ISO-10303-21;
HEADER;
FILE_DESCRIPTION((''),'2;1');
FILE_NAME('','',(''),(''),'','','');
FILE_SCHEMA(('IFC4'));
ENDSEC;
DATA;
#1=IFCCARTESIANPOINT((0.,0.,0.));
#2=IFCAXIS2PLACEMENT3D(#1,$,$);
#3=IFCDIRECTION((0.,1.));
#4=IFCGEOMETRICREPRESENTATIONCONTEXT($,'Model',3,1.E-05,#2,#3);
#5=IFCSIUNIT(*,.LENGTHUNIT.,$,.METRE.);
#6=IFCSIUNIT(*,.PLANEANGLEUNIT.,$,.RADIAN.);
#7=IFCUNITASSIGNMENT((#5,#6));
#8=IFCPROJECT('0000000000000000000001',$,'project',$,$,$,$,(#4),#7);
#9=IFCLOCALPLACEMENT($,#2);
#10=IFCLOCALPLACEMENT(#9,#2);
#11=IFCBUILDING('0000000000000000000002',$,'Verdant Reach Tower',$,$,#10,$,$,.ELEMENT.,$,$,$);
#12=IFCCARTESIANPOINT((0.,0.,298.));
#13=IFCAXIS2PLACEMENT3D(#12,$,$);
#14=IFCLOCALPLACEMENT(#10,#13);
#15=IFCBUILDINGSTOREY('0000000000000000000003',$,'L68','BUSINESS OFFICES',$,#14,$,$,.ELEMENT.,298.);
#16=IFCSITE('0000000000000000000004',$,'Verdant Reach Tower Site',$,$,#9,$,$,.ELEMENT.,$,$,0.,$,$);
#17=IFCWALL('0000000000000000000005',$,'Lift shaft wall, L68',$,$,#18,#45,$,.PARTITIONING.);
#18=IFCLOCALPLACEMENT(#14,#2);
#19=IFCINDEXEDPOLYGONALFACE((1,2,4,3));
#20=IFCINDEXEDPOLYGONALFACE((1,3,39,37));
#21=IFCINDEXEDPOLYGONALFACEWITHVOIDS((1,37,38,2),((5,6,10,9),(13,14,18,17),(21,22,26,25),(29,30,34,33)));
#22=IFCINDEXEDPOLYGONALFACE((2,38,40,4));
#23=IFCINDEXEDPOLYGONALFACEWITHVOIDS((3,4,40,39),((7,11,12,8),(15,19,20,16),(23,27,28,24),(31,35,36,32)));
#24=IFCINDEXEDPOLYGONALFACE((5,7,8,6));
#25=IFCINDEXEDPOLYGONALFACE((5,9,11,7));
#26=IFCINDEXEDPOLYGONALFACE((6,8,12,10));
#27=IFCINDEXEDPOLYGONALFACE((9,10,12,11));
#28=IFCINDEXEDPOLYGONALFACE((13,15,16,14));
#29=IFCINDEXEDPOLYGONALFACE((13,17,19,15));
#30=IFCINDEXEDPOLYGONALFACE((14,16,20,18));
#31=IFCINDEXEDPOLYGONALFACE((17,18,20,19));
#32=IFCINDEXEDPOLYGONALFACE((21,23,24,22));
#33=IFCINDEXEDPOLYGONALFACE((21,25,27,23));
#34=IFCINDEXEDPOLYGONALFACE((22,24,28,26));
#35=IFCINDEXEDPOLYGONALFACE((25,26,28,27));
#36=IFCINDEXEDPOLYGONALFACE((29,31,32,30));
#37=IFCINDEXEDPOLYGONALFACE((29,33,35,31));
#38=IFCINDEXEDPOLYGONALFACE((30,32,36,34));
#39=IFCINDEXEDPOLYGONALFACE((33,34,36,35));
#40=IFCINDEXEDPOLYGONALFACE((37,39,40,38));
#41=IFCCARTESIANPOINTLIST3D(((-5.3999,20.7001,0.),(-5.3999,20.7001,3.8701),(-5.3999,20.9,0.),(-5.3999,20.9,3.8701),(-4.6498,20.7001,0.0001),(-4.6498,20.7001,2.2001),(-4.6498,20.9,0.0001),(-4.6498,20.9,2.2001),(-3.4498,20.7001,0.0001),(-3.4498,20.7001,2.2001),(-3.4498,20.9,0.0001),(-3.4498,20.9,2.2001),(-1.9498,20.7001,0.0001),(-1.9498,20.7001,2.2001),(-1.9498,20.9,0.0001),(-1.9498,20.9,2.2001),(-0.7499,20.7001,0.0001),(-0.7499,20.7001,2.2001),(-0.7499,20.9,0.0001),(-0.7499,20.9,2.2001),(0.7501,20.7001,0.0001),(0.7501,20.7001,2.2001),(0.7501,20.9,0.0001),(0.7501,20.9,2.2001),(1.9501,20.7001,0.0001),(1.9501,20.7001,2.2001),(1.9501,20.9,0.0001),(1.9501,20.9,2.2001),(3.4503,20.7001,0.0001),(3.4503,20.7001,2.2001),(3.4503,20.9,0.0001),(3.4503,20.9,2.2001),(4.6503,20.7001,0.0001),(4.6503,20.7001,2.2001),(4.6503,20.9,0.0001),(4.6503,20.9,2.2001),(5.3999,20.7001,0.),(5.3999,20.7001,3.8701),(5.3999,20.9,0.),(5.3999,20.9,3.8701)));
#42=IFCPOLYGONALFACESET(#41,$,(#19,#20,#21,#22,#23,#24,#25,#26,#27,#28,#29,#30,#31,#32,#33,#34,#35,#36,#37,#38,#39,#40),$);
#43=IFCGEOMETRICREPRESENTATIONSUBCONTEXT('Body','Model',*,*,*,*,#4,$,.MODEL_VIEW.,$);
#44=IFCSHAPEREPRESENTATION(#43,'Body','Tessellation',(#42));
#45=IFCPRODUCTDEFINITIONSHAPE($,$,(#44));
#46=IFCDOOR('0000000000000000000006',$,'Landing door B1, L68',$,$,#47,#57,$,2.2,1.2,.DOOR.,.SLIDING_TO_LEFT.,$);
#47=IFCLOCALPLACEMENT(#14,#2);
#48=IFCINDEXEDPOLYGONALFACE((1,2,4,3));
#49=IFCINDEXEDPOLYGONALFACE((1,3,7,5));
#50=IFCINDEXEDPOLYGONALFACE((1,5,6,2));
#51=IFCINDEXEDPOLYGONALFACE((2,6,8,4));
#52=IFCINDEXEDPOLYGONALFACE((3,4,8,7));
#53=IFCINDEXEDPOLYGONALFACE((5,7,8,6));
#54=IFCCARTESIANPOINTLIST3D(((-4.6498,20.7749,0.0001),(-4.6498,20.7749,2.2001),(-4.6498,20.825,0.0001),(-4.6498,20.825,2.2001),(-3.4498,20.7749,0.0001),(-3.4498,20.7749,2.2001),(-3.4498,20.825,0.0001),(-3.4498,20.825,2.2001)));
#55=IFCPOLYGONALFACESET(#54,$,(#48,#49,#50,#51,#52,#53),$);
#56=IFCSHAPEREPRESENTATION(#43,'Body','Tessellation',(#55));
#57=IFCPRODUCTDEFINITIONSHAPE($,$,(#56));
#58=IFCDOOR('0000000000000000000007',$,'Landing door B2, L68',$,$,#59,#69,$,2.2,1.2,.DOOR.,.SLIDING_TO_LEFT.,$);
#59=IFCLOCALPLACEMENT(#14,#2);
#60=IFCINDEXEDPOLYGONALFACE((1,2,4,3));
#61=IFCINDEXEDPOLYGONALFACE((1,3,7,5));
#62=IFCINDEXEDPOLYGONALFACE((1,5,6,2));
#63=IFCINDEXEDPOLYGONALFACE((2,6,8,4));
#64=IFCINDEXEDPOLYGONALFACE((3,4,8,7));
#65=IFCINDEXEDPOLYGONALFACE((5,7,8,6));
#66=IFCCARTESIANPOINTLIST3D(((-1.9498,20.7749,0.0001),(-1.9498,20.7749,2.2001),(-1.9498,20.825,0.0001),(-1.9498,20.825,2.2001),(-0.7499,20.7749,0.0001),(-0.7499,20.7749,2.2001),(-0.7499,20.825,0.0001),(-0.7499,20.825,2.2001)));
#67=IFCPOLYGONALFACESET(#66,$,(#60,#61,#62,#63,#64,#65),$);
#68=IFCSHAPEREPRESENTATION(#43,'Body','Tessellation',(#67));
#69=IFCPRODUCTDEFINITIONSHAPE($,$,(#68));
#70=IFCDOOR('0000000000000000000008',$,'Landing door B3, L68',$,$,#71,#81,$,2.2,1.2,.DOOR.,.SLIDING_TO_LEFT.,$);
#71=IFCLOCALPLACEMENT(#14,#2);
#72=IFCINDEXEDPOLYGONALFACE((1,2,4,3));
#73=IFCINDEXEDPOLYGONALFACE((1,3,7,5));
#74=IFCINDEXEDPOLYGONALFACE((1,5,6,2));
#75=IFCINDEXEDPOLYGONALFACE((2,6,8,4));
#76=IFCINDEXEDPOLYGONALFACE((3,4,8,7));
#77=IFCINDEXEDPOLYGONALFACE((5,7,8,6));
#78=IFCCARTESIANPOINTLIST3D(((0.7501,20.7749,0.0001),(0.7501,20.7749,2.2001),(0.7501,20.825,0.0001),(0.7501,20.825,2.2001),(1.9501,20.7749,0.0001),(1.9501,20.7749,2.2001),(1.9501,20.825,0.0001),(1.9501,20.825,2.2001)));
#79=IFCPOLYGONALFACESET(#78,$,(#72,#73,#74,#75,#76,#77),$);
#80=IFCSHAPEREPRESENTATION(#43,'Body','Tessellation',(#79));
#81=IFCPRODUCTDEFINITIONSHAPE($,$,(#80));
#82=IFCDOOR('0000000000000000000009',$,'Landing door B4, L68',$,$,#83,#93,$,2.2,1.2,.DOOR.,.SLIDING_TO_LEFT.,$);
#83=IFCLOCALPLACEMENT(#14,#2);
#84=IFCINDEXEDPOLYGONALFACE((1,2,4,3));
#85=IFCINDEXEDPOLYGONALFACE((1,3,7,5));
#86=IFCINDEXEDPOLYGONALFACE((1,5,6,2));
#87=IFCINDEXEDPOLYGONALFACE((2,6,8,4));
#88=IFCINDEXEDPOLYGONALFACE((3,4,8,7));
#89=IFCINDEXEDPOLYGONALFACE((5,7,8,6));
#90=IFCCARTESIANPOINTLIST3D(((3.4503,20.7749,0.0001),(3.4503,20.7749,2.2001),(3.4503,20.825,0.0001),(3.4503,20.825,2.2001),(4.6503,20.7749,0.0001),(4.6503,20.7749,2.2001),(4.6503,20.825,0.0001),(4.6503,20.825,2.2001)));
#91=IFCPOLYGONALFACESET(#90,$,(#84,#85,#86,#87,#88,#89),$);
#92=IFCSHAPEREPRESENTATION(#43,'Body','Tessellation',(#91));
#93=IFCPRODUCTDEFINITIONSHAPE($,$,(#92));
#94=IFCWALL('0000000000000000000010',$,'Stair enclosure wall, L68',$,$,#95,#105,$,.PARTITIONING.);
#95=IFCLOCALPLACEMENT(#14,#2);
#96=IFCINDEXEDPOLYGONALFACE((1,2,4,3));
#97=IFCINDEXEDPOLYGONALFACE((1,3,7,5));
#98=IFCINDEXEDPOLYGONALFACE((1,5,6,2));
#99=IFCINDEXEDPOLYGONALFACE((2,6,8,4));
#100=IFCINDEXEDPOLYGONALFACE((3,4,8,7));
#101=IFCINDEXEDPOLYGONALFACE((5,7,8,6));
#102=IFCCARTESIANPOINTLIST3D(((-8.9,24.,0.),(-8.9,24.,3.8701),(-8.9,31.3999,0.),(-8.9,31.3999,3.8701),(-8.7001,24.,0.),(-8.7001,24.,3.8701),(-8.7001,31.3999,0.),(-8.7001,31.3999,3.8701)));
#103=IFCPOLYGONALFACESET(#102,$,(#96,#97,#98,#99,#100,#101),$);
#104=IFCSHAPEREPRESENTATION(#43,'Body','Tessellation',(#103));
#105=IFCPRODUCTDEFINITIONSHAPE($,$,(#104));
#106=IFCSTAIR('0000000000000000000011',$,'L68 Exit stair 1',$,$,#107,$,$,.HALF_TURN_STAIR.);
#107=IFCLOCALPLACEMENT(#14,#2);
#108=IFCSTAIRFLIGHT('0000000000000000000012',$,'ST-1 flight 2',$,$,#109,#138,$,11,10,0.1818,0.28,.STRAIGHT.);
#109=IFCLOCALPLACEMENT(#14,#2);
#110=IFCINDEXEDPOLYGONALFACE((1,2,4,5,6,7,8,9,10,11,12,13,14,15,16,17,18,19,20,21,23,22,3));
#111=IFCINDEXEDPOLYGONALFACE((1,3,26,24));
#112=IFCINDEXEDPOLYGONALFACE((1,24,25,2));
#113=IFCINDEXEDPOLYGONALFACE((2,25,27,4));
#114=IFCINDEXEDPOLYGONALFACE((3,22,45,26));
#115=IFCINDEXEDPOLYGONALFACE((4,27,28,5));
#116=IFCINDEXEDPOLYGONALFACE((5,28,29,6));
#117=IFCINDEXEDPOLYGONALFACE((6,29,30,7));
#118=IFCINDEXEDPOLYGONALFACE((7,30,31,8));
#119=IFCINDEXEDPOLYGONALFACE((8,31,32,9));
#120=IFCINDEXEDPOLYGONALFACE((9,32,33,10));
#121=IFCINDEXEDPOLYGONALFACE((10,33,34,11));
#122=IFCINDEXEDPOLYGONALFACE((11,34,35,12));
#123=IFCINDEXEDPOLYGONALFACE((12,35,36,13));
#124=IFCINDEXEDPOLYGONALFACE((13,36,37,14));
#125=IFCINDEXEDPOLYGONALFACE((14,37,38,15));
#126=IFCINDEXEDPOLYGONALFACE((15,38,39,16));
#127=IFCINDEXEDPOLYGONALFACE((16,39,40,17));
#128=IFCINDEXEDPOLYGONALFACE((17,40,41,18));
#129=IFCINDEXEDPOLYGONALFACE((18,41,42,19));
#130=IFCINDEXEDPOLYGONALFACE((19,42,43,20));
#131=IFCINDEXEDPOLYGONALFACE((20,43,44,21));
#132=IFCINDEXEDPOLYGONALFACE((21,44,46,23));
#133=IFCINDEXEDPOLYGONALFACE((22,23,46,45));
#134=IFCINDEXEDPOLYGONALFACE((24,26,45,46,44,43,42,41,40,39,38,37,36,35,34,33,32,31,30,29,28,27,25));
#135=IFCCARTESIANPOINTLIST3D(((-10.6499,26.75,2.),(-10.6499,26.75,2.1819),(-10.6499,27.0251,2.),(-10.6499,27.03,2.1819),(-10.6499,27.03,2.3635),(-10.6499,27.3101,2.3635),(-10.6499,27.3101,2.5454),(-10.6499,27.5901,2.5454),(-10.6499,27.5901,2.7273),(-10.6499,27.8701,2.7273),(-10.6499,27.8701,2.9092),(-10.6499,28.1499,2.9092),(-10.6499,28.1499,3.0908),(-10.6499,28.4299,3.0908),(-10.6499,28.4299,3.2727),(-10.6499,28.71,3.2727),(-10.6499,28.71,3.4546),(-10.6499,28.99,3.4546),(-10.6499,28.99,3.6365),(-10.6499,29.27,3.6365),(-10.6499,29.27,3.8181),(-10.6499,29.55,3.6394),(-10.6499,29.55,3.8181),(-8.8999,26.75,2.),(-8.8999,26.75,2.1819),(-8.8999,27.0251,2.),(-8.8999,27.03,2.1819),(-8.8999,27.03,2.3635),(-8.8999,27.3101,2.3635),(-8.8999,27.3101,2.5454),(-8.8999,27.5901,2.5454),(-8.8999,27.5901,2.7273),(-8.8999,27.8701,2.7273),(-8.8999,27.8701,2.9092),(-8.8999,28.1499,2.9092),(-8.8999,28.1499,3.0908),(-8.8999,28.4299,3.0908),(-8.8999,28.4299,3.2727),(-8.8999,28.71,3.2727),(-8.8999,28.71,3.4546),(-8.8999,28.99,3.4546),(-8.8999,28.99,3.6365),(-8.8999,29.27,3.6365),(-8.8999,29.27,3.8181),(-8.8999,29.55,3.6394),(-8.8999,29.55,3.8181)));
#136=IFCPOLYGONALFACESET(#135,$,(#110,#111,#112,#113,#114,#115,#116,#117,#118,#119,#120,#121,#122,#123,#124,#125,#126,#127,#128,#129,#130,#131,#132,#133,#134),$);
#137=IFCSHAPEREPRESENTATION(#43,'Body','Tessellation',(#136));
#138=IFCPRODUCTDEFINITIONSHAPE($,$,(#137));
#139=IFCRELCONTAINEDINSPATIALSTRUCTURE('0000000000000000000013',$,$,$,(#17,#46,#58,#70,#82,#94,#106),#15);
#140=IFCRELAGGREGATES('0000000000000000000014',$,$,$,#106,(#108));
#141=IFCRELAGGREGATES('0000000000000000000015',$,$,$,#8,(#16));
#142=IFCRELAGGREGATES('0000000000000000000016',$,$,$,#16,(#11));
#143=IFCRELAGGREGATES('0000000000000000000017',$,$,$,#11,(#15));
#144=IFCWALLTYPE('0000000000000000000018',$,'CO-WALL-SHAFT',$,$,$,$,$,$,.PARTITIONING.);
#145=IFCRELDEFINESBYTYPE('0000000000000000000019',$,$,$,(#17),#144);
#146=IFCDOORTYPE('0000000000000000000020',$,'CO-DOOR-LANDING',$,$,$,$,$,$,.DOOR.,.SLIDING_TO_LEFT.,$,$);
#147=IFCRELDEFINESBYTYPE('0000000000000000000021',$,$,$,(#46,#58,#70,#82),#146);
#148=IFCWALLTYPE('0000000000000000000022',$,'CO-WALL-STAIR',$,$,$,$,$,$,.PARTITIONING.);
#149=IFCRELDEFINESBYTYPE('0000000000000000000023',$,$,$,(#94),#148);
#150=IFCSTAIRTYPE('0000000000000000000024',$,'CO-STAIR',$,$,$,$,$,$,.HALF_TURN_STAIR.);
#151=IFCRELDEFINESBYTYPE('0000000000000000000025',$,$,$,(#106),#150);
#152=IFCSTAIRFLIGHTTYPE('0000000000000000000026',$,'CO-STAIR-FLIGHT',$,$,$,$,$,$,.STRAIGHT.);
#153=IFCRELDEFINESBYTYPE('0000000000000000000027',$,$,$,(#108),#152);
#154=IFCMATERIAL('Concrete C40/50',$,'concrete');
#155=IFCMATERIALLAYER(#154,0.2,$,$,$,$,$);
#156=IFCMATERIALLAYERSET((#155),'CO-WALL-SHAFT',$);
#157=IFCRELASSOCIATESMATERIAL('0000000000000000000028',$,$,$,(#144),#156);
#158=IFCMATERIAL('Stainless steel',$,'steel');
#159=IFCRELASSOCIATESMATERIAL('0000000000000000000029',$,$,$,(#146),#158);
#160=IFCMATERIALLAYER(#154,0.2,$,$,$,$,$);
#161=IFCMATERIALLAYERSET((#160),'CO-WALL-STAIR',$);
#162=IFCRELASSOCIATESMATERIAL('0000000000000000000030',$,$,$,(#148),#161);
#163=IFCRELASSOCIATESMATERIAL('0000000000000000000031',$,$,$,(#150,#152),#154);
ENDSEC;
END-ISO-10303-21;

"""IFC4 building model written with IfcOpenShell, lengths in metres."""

from ifc_helpers import new_model, si_unit, direction, frame, frame_2d, origin, place, context, subcontext, project, spatial, polyline, rectangle, outline, extrude, material, layer, layer_set, type_object, element, fill, aggregate, save


model = new_model("IFC4")

# Units and contexts
model_context = context("Model", 3, precision=1e-05, world=origin(), true_north=direction((0.0, 1.0)))
body_context = subcontext(model_context, "Body", "Model", "MODEL_VIEW")
ifc_project = project(units=[si_unit("LENGTHUNIT", "METRE"), si_unit("PLANEANGLEUNIT", "RADIAN")], contexts=[model_context])

# Site, building, storey
site_placement = place(None, origin())
site = spatial("IfcSite", under=ifc_project, at=site_placement, Name="Verdant Reach Tower Site", CompositionType="ELEMENT", RefElevation=0.0)
building_placement = place(site_placement, origin())
building = spatial("IfcBuilding", under=site, at=building_placement, Name="Verdant Reach Tower", CompositionType="ELEMENT")
storey_placement = place(building_placement, frame((0.0, 0.0, 298.0)))
storey = spatial("IfcBuildingStorey", under=building, at=storey_placement, Name="L68", Description="BUSINESS OFFICES", CompositionType="ELEMENT", Elevation=298.0)

# Wall, openings, doors
ifc_material_1 = material(Name="Concrete C40/50", Category="concrete")
ifc_layer_1 = layer(ifc_material_1, 0.2)
ifc_layer_set_1 = layer_set([ifc_layer_1], Name="CO-WALL-SHAFT")
wall_type_1 = type_object("IfcWallType", Name="CO-WALL-SHAFT", PredefinedType="PARTITIONING", material=ifc_layer_set_1)
wall_1_placement = place(storey_placement, frame((-5.3999, 20.8, 0.0), z_axis=(0.0, 0.0, 1.0), x_axis=(1.0, 0.0, 0.0)))
wall_1 = element("IfcWall", 1, at=wall_1_placement, inside=storey, type_object=wall_type_1, Name="Lift shaft wall, L68", PredefinedType="PARTITIONING", context=body_context, shape_type="SweptSolid", body=[
    extrude(rectangle(XDim=10.7998, YDim=0.2, at=frame_2d((5.3999, 0.0))), origin(), (0.0, 0.0, 1.0), 3.8701),
])
opening_1_placement = place(wall_1_placement, frame((0.75, 0.0, 0.0)))
opening_1 = element("IfcOpeningElement", 2, at=opening_1_placement, cuts=wall_1, PredefinedType="OPENING", context=body_context, shape_type="SweptSolid", body=[
    extrude(rectangle(XDim=1.2, YDim=2.2, at=frame_2d((0.6001, 1.1001))), frame((0.0, 0.1099, 0.0), z_axis=(0.0, -1.0, 0.0), x_axis=(1.0, 0.0, 0.0)), (0.0, 0.0, 1.0), 0.22),
])
opening_2_placement = place(wall_1_placement, frame((3.45, 0.0, 0.0)))
opening_2 = element("IfcOpeningElement", 3, at=opening_2_placement, cuts=wall_1, PredefinedType="OPENING", context=body_context, shape_type="SweptSolid", body=[
    extrude(rectangle(XDim=1.2, YDim=2.2, at=frame_2d((0.6001, 1.1001))), frame((0.0, 0.1099, 0.0), z_axis=(0.0, -1.0, 0.0), x_axis=(1.0, 0.0, 0.0)), (0.0, 0.0, 1.0), 0.22),
])
opening_3_placement = place(wall_1_placement, frame((6.1499, 0.0, 0.0)))
opening_3 = element("IfcOpeningElement", 4, at=opening_3_placement, cuts=wall_1, PredefinedType="OPENING", context=body_context, shape_type="SweptSolid", body=[
    extrude(rectangle(XDim=1.2, YDim=2.2, at=frame_2d((0.6001, 1.1001))), frame((0.0, 0.1099, 0.0), z_axis=(0.0, -1.0, 0.0), x_axis=(1.0, 0.0, 0.0)), (0.0, 0.0, 1.0), 0.22),
])
opening_4_placement = place(wall_1_placement, frame((8.8501, 0.0, 0.0)))
opening_4 = element("IfcOpeningElement", 5, at=opening_4_placement, cuts=wall_1, PredefinedType="OPENING", context=body_context, shape_type="SweptSolid", body=[
    extrude(rectangle(XDim=1.2, YDim=2.2, at=frame_2d((0.6001, 1.1001))), frame((0.0, 0.1099, 0.0), z_axis=(0.0, -1.0, 0.0), x_axis=(1.0, 0.0, 0.0)), (0.0, 0.0, 1.0), 0.22),
])
ifc_material_2 = material(Name="Stainless steel", Category="steel")
door_type_1 = type_object("IfcDoorType", Name="CO-DOOR-LANDING", OperationType="SLIDING_TO_LEFT", PredefinedType="DOOR", material=ifc_material_2)
door_1_placement = place(opening_1_placement, origin())
door_1 = element("IfcDoor", 6, at=door_1_placement, inside=storey, type_object=door_type_1, Name="Landing door B1, L68", OperationType="SLIDING_TO_LEFT", OverallHeight=2.2, OverallWidth=1.2, PredefinedType="DOOR", context=body_context, shape_type="SweptSolid", body=[
    extrude(rectangle(XDim=1.2, YDim=2.2, at=frame_2d((0.6001, 1.1001))), frame((0.0, 0.0249, 0.0), z_axis=(0.0, -1.0, 0.0), x_axis=(1.0, 0.0, 0.0)), (0.0, 0.0, 1.0), 0.05),
])
fill(opening_1, door_1)
door_2_placement = place(opening_2_placement, origin())
door_2 = element("IfcDoor", 7, at=door_2_placement, inside=storey, type_object=door_type_1, Name="Landing door B2, L68", OperationType="SLIDING_TO_LEFT", OverallHeight=2.2, OverallWidth=1.2, PredefinedType="DOOR", context=body_context, shape_type="SweptSolid", body=[
    extrude(rectangle(XDim=1.2, YDim=2.2, at=frame_2d((0.6001, 1.1001))), frame((0.0, 0.0249, 0.0), z_axis=(0.0, -1.0, 0.0), x_axis=(1.0, 0.0, 0.0)), (0.0, 0.0, 1.0), 0.05),
])
fill(opening_2, door_2)
door_3_placement = place(opening_3_placement, origin())
door_3 = element("IfcDoor", 8, at=door_3_placement, inside=storey, type_object=door_type_1, Name="Landing door B3, L68", OperationType="SLIDING_TO_LEFT", OverallHeight=2.2, OverallWidth=1.2, PredefinedType="DOOR", context=body_context, shape_type="SweptSolid", body=[
    extrude(rectangle(XDim=1.2, YDim=2.2, at=frame_2d((0.6001, 1.1001))), frame((0.0, 0.0249, 0.0), z_axis=(0.0, -1.0, 0.0), x_axis=(1.0, 0.0, 0.0)), (0.0, 0.0, 1.0), 0.05),
])
fill(opening_3, door_3)
door_4_placement = place(opening_4_placement, origin())
door_4 = element("IfcDoor", 9, at=door_4_placement, inside=storey, type_object=door_type_1, Name="Landing door B4, L68", OperationType="SLIDING_TO_LEFT", OverallHeight=2.2, OverallWidth=1.2, PredefinedType="DOOR", context=body_context, shape_type="SweptSolid", body=[
    extrude(rectangle(XDim=1.2, YDim=2.2, at=frame_2d((0.6001, 1.1001))), frame((0.0, 0.0249, 0.0), z_axis=(0.0, -1.0, 0.0), x_axis=(1.0, 0.0, 0.0)), (0.0, 0.0, 1.0), 0.05),
])
fill(opening_4, door_4)

# Wall
ifc_layer_2 = layer(ifc_material_1, 0.2)
ifc_layer_set_2 = layer_set([ifc_layer_2], Name="CO-WALL-STAIR")
wall_type_2 = type_object("IfcWallType", Name="CO-WALL-STAIR", PredefinedType="PARTITIONING", material=ifc_layer_set_2)
wall_2_placement = place(storey_placement, frame((-8.8, 24.0, 0.0), z_axis=(0.0, 0.0, 1.0), x_axis=(0.0, 1.0, 0.0)))
element("IfcWall", 10, at=wall_2_placement, inside=storey, type_object=wall_type_2, Name="Stair enclosure wall, L68", PredefinedType="PARTITIONING", context=body_context, shape_type="SweptSolid", body=[
    extrude(rectangle(XDim=7.3999, YDim=0.2, at=frame_2d((3.7, 0.0))), origin(), (0.0, 0.0, 1.0), 3.8701),
])

# Stair, stair flight
stair_type = type_object("IfcStairType", Name="CO-STAIR", PredefinedType="HALF_TURN_STAIR", material=ifc_material_1)
stair_placement = place(storey_placement, origin())
stair = element("IfcStair", 11, at=stair_placement, inside=storey, type_object=stair_type, Name="L68 Exit stair 1", PredefinedType="HALF_TURN_STAIR")
stair_flight_type = type_object("IfcStairFlightType", Name="CO-STAIR-FLIGHT", PredefinedType="STRAIGHT", material=ifc_material_1)
stair_flight_placement = place(storey_placement, frame((-9.7749, 26.75, 2.0), z_axis=(0.0, 0.0, 1.0), x_axis=(0.0, 1.0, 0.0)))
stair_flight = element("IfcStairFlight", 12, at=stair_flight_placement, type_object=stair_flight_type, Name="ST-1 flight 2", NumberOfRisers=11, NumberOfTreads=10, PredefinedType="STRAIGHT", RiserHeight=0.1818, TreadLength=0.28, context=body_context, shape_type="SweptSolid", body=[
    extrude(outline(polyline([(0.0, 0.0), (0.0, 0.1819), (0.28, 0.1819), (0.28, 0.3635), (0.5601, 0.3635), (0.5601, 0.5454), (0.8401, 0.5454), (0.8401, 0.7273), (1.1201, 0.7273), (1.1201, 0.9092), (1.3999, 0.9092), (1.3999, 1.0908), (1.6799, 1.0908), (1.6799, 1.2727), (1.96, 1.2727), (1.96, 1.4546), (2.24, 1.4546), (2.24, 1.6365), (2.52, 1.6365), (2.52, 1.8181), (2.8, 1.8181), (2.8, 2.0), (2.8, 1.6394), (0.2751, 0.0), (0.0, 0.0)])), frame((0.0, 0.875, 0.0), z_axis=(0.0, -1.0, 0.0), x_axis=(1.0, 0.0, 0.0)), (0.0, 0.0, 1.0), 1.75),
])
aggregate(stair, [stair_flight])

save(model, "model.ifc")
